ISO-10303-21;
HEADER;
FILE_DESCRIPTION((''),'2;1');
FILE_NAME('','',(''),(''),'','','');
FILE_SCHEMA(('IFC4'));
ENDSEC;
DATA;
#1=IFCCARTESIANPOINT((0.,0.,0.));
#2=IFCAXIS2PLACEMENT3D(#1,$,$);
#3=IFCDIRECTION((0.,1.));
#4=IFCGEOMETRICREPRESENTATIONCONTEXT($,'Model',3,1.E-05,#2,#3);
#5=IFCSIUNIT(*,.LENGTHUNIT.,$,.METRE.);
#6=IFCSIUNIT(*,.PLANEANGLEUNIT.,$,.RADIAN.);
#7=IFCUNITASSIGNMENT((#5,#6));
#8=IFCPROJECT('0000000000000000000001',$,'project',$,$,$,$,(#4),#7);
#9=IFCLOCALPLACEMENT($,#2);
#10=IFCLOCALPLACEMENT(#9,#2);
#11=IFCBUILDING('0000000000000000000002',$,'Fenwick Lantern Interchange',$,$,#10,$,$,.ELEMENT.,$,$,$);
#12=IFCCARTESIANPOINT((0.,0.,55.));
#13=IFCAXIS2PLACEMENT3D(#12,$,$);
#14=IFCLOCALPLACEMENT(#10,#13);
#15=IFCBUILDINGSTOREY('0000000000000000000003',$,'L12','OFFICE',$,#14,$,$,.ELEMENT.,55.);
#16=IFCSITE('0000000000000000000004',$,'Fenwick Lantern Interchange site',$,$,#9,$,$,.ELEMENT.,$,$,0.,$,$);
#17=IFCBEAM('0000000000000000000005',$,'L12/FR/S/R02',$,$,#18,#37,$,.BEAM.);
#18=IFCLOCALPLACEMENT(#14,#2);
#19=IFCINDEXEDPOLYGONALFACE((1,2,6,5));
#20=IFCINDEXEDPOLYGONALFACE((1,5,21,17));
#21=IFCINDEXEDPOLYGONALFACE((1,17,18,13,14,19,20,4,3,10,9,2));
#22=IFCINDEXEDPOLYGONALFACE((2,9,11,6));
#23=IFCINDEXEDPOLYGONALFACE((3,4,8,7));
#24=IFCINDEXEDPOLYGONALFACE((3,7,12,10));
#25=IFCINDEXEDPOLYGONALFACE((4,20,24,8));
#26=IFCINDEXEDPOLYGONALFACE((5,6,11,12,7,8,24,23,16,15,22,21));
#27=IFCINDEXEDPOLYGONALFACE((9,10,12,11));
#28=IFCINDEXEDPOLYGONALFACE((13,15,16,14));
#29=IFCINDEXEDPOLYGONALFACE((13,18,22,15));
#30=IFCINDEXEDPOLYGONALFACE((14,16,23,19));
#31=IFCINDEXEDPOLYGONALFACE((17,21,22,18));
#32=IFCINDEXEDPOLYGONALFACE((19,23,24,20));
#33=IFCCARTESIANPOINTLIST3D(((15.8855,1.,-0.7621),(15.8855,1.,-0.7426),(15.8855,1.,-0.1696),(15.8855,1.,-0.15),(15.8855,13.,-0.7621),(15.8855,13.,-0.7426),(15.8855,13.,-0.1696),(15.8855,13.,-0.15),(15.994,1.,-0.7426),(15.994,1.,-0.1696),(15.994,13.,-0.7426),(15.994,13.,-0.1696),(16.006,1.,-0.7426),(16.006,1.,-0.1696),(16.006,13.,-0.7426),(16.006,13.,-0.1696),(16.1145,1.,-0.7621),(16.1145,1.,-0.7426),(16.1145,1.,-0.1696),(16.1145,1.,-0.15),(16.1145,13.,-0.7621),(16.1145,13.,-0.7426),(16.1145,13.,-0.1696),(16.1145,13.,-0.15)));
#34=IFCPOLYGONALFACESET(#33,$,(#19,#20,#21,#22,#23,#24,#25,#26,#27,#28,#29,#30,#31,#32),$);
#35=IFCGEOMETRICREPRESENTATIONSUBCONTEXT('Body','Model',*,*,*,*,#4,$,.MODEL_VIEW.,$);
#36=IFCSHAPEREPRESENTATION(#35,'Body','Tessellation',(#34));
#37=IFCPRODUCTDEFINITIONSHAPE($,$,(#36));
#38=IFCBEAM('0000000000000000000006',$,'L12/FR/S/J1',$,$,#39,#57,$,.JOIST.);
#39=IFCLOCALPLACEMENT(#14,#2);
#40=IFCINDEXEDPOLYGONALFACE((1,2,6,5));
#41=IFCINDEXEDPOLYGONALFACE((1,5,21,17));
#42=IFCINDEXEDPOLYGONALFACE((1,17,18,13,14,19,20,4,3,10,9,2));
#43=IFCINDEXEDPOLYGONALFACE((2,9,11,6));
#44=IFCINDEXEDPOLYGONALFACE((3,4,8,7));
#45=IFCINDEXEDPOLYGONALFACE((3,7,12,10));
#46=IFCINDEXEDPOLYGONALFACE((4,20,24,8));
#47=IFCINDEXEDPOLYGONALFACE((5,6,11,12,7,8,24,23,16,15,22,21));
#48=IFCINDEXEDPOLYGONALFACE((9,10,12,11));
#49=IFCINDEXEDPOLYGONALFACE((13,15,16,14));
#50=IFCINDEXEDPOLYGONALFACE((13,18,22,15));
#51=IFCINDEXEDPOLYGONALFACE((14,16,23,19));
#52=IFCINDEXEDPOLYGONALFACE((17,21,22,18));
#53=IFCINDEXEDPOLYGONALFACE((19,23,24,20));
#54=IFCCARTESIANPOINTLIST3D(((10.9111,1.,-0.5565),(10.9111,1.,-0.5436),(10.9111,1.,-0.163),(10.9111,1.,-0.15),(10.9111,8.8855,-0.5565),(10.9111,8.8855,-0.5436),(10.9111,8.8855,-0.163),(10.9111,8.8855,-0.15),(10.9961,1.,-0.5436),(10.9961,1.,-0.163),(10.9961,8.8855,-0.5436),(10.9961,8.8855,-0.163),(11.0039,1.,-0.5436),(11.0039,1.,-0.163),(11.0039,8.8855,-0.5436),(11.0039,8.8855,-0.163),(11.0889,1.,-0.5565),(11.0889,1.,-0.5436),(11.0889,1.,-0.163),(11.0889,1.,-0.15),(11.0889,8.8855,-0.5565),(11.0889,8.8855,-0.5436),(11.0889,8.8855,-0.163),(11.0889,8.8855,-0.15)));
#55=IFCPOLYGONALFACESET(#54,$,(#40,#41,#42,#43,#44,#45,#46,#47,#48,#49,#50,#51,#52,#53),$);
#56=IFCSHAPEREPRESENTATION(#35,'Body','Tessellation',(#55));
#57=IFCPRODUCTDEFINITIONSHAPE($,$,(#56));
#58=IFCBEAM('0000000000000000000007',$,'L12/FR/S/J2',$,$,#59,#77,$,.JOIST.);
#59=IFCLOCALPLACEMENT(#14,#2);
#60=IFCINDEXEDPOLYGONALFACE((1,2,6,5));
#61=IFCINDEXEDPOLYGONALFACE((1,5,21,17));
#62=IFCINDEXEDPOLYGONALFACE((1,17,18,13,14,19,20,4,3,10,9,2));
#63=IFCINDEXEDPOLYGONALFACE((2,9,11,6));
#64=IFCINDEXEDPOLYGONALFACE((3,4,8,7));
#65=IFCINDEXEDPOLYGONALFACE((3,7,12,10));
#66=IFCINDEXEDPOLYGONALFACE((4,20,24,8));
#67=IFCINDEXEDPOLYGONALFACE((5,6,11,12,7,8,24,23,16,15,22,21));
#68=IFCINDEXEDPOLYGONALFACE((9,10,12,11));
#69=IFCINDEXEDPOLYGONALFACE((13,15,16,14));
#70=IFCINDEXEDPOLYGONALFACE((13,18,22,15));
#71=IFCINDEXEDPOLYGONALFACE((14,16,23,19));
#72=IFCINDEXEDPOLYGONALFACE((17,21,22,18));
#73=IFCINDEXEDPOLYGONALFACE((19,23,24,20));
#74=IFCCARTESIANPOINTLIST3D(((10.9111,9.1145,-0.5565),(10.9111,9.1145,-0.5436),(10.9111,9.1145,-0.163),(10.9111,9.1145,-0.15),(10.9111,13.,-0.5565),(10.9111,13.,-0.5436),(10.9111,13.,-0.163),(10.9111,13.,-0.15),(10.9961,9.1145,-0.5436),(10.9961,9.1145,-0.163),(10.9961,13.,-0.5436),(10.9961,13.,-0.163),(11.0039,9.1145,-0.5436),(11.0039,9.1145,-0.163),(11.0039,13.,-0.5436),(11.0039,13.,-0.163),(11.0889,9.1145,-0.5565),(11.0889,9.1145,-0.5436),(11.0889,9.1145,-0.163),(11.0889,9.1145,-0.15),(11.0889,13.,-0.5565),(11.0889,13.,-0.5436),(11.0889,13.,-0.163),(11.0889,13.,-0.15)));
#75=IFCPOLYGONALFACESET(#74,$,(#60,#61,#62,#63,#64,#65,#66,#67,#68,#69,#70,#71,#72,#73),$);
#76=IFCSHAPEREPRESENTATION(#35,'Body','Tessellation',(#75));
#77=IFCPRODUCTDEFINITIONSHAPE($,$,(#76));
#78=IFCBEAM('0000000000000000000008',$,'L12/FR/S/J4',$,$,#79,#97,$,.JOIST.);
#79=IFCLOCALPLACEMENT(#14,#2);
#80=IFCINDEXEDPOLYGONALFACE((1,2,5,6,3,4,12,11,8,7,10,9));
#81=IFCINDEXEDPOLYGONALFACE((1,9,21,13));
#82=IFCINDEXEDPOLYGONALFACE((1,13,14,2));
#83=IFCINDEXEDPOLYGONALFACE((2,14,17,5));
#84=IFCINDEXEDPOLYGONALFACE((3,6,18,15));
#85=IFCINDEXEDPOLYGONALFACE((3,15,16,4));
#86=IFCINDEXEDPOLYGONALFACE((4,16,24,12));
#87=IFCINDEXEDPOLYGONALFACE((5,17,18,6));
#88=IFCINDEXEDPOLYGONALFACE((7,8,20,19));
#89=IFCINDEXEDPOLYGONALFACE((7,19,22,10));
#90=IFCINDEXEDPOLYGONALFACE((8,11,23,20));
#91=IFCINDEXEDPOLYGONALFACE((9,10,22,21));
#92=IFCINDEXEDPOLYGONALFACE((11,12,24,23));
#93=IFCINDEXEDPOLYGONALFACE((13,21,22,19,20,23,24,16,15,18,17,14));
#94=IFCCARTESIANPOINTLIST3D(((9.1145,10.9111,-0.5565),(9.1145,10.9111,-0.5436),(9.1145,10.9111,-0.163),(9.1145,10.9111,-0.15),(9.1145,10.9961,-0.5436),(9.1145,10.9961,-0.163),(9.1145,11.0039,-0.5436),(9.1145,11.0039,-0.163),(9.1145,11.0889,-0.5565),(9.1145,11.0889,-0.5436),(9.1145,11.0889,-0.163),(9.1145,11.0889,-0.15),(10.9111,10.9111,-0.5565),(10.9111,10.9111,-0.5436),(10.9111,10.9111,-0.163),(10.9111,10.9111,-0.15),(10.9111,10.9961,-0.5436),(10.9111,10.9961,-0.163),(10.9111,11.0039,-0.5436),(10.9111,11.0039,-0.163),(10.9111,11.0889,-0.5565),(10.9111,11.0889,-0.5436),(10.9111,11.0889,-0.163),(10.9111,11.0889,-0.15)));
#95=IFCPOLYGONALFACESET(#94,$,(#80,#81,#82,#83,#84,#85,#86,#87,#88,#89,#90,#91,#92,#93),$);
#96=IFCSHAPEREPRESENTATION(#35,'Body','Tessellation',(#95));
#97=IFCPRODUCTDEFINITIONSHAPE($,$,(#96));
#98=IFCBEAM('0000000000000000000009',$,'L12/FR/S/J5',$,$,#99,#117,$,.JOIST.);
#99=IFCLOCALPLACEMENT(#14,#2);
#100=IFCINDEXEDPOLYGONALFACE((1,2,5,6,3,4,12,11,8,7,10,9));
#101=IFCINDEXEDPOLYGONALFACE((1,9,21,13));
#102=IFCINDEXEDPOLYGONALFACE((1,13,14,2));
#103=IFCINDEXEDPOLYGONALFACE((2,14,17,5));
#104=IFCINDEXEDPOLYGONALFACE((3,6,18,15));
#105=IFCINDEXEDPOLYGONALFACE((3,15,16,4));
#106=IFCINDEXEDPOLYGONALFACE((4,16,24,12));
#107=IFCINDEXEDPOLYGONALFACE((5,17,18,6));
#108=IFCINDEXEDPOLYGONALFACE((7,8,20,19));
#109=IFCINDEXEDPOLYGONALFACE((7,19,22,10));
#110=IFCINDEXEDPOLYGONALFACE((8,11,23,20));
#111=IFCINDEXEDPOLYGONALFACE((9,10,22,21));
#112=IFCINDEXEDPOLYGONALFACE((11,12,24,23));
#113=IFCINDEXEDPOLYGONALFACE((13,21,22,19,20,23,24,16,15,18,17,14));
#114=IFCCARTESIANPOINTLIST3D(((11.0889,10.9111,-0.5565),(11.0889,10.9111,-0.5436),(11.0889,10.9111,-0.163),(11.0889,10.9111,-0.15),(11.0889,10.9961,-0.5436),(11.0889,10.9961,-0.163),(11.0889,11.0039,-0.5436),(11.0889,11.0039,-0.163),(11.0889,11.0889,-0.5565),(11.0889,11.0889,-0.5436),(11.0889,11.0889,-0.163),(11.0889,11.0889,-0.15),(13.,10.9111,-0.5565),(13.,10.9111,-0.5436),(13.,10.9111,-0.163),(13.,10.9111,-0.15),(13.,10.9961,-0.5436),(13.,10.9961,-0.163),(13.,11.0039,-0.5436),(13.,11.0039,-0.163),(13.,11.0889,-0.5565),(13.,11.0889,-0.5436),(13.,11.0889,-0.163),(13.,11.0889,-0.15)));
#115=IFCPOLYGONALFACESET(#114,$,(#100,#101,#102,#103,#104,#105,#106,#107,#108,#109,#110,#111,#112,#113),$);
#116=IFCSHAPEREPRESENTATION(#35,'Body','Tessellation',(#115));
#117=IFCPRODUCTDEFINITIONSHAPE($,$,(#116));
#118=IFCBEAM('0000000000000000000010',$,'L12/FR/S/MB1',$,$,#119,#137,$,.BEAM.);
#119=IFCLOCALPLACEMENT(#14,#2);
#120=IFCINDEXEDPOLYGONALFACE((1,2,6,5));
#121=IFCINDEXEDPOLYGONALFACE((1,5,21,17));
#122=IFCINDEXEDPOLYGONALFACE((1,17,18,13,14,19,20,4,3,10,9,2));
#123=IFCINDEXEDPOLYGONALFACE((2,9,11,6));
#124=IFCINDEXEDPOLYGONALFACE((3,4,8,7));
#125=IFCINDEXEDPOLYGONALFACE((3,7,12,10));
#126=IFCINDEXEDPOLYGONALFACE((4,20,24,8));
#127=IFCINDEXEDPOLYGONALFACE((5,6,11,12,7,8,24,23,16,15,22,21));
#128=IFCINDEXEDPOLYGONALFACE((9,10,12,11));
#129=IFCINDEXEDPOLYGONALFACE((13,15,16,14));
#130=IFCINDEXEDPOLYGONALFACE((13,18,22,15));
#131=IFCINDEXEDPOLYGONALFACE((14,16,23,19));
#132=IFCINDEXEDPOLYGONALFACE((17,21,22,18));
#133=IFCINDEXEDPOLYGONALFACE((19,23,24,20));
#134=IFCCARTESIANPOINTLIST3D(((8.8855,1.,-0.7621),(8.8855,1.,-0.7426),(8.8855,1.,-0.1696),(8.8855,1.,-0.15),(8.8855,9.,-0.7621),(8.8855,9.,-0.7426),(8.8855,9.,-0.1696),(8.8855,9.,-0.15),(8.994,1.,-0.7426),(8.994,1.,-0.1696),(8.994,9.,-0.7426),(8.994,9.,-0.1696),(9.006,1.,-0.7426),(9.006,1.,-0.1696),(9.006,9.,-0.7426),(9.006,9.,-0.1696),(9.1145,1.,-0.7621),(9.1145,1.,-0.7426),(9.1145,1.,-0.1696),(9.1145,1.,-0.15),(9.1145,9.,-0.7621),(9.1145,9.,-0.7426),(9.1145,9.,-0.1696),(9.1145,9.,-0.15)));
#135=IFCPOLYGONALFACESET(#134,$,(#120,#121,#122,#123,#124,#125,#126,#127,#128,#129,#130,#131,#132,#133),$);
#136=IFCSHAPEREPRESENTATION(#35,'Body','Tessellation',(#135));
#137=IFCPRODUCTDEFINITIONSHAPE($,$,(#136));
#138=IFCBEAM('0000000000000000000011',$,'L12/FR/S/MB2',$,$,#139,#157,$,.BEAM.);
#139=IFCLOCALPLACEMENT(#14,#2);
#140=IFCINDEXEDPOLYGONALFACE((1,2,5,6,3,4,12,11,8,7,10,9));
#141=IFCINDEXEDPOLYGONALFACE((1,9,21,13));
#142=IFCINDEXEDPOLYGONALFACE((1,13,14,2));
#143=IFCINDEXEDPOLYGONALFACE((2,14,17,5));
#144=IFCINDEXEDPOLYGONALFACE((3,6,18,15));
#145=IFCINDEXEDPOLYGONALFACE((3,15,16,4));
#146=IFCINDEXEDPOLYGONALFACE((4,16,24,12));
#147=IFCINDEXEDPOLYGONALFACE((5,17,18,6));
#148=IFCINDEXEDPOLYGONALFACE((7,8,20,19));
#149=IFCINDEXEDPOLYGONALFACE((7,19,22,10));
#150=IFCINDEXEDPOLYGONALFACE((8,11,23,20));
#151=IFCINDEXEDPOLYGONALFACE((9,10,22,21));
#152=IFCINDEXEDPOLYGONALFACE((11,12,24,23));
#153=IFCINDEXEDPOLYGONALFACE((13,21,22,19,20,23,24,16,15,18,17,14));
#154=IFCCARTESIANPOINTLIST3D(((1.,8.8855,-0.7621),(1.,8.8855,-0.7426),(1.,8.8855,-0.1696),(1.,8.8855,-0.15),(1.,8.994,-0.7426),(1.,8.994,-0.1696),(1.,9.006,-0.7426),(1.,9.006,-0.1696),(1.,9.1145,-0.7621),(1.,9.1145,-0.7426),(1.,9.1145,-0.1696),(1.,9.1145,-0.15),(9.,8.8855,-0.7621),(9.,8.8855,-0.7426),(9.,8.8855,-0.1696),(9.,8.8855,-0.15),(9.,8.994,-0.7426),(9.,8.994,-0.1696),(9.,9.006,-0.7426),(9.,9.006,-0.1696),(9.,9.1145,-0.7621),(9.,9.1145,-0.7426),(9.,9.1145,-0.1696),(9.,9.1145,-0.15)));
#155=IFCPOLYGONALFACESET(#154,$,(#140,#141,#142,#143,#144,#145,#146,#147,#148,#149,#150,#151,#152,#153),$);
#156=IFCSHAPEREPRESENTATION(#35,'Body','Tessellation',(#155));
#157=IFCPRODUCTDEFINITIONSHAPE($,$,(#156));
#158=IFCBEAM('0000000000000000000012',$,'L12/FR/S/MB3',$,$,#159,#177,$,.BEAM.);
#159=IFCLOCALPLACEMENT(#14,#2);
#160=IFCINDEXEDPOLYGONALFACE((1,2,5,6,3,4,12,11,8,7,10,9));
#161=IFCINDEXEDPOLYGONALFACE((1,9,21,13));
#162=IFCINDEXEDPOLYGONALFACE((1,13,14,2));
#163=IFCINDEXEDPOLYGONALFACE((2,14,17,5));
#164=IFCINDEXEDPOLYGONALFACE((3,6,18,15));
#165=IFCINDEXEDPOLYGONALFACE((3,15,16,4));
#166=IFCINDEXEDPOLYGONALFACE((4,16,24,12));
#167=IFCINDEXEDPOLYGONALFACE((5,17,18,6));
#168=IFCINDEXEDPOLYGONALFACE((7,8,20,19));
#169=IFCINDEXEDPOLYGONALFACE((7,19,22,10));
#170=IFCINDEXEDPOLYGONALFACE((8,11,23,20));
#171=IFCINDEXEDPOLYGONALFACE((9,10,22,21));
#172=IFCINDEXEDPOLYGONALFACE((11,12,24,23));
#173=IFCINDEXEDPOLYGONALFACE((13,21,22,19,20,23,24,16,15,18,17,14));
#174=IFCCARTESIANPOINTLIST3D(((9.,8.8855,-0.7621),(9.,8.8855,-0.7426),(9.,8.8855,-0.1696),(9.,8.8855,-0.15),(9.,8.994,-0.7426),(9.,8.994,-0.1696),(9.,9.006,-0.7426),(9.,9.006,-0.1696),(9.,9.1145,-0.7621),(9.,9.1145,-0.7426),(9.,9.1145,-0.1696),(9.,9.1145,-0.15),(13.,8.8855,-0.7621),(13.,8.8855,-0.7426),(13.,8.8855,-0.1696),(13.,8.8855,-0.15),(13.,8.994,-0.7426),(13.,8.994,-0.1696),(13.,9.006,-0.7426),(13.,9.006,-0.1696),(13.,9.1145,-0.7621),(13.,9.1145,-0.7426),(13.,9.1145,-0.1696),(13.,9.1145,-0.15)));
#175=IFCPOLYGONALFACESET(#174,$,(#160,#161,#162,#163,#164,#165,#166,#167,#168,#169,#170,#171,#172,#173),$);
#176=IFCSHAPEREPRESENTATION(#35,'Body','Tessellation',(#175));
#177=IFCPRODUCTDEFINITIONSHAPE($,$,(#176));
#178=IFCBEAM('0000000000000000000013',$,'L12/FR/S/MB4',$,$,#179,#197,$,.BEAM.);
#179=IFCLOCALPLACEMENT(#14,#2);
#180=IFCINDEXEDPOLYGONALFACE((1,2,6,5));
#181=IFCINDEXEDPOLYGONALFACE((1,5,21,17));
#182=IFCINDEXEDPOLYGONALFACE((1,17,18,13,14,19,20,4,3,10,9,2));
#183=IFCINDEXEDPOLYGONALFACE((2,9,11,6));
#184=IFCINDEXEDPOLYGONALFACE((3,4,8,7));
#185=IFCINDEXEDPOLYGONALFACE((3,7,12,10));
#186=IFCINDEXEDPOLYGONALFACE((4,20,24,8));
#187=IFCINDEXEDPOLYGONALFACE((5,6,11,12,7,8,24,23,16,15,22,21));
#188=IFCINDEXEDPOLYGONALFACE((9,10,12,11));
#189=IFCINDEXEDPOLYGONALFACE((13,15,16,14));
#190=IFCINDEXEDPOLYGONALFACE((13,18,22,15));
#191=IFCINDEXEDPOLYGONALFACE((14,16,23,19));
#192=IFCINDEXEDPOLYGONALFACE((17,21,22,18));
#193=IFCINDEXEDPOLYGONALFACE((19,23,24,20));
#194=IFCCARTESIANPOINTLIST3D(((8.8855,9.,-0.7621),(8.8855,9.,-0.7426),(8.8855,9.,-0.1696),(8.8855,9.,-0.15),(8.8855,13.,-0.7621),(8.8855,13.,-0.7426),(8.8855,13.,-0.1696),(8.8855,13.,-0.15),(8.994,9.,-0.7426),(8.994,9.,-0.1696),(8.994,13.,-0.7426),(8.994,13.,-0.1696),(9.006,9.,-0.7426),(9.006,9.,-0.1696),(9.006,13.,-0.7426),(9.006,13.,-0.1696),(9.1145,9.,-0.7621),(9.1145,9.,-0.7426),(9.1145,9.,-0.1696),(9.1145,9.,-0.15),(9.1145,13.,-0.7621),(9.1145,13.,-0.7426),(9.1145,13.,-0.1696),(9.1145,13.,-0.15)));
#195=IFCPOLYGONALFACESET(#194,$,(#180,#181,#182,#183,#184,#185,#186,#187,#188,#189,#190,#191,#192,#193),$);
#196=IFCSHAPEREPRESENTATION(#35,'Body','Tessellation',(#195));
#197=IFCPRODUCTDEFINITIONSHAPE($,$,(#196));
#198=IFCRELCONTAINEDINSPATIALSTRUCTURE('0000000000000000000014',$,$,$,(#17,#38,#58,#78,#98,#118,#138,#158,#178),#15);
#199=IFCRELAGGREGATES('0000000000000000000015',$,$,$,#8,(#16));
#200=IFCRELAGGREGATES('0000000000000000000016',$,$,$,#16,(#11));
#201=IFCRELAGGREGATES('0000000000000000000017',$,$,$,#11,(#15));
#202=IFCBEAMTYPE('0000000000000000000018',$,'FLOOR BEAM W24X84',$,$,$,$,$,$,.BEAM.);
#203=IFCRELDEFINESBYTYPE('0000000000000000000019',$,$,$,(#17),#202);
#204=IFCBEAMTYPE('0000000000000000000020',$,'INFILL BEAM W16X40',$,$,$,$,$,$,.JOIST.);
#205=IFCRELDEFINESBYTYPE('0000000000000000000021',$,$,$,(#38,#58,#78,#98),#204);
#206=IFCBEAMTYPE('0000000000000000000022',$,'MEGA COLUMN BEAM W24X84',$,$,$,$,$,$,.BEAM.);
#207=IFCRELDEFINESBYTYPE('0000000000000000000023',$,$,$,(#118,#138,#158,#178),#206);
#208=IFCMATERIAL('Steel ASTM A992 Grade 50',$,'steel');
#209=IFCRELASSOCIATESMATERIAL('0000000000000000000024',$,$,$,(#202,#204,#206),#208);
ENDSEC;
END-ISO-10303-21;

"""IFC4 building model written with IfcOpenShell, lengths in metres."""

from ifc_helpers import new_model, si_unit, direction, frame, origin, origin_2d, place, context, subcontext, project, spatial, i_section, extrude, material, material_profile, profile_set, type_object, element, save


model = new_model("IFC4")

# Units and contexts
model_context = context("Model", 3, precision=1e-05, world=origin(), true_north=direction((0.0, 1.0)))
body_context = subcontext(model_context, "Body", "Model", "MODEL_VIEW")
ifc_project = project(units=[si_unit("LENGTHUNIT", "METRE"), si_unit("PLANEANGLEUNIT", "RADIAN")], contexts=[model_context])

# Site, building, storey
site_placement = place(None, origin())
site = spatial("IfcSite", under=ifc_project, at=site_placement, Name="Fenwick Lantern Interchange site", CompositionType="ELEMENT", RefElevation=0.0)
building_placement = place(site_placement, origin())
building = spatial("IfcBuilding", under=site, at=building_placement, Name="Fenwick Lantern Interchange", CompositionType="ELEMENT")
storey_placement = place(building_placement, frame((0.0, 0.0, 55.0)))
storey = spatial("IfcBuildingStorey", under=building, at=storey_placement, Name="L12", Description="OFFICE", CompositionType="ELEMENT", Elevation=55.0)

# Shared definitions
ifc_material_1 = material(Name="Steel ASTM A992 Grade 50", Category="steel")

# Beams
ifc_material_profile_1 = material_profile(ifc_material_1, i_section(OverallWidth=0.229, OverallDepth=0.6121, WebThickness=0.012, FlangeThickness=0.0195, at=origin_2d()), Name="W24X84")
ifc_profile_set_1 = profile_set([ifc_material_profile_1], Name="Steel ASTM A992 Grade 50")
beam_type_1 = type_object("IfcBeamType", Name="FLOOR BEAM W24X84", PredefinedType="BEAM", material=ifc_profile_set_1)
beam_1_placement = place(storey_placement, frame((16.0, 1.0, -0.4561), z_axis=(0.0, 1.0, 0.0), x_axis=(-1.0, 0.0, 0.0)))
element("IfcBeam", 1, at=beam_1_placement, inside=storey, type_object=beam_type_1, Name="L12/FR/S/R02", PredefinedType="BEAM", context=body_context, shape_type="SweptSolid", body=[
    extrude(i_section(OverallWidth=0.229, OverallDepth=0.6121, WebThickness=0.012, FlangeThickness=0.0195, at=origin_2d()), origin(), (0.0, 0.0, 1.0), 12.0),
])
ifc_material_profile_2 = material_profile(ifc_material_1, i_section(OverallWidth=0.1777, OverallDepth=0.4065, WebThickness=0.0078, FlangeThickness=0.0129, at=origin_2d()), Name="W16X40")
ifc_profile_set_2 = profile_set([ifc_material_profile_2], Name="Steel ASTM A992 Grade 50")
beam_type_2 = type_object("IfcBeamType", Name="INFILL BEAM W16X40", PredefinedType="JOIST", material=ifc_profile_set_2)
beam_2_placement = place(storey_placement, frame((11.0, 1.0, -0.3533), z_axis=(0.0, 1.0, 0.0), x_axis=(-1.0, 0.0, 0.0)))
element("IfcBeam", 2, at=beam_2_placement, inside=storey, type_object=beam_type_2, Name="L12/FR/S/J1", PredefinedType="JOIST", context=body_context, shape_type="SweptSolid", body=[
    extrude(i_section(OverallWidth=0.1777, OverallDepth=0.4065, WebThickness=0.0078, FlangeThickness=0.0129, at=origin_2d()), origin(), (0.0, 0.0, 1.0), 7.8855),
])
beam_3_placement = place(storey_placement, frame((11.0, 9.1145, -0.3533), z_axis=(0.0, 1.0, 0.0), x_axis=(-1.0, 0.0, 0.0)))
element("IfcBeam", 3, at=beam_3_placement, inside=storey, type_object=beam_type_2, Name="L12/FR/S/J2", PredefinedType="JOIST", context=body_context, shape_type="SweptSolid", body=[
    extrude(i_section(OverallWidth=0.1777, OverallDepth=0.4065, WebThickness=0.0078, FlangeThickness=0.0129, at=origin_2d()), origin(), (0.0, 0.0, 1.0), 3.8855),
])
beam_4_placement = place(storey_placement, frame((9.1145, 11.0, -0.3533), z_axis=(1.0, 0.0, 0.0), x_axis=(0.0, 1.0, 0.0)))
element("IfcBeam", 4, at=beam_4_placement, inside=storey, type_object=beam_type_2, Name="L12/FR/S/J4", PredefinedType="JOIST", context=body_context, shape_type="SweptSolid", body=[
    extrude(i_section(OverallWidth=0.1777, OverallDepth=0.4065, WebThickness=0.0078, FlangeThickness=0.0129, at=origin_2d()), origin(), (0.0, 0.0, 1.0), 1.7966),
])
beam_5_placement = place(storey_placement, frame((11.0889, 11.0, -0.3533), z_axis=(1.0, 0.0, 0.0), x_axis=(0.0, 1.0, 0.0)))
element("IfcBeam", 5, at=beam_5_placement, inside=storey, type_object=beam_type_2, Name="L12/FR/S/J5", PredefinedType="JOIST", context=body_context, shape_type="SweptSolid", body=[
    extrude(i_section(OverallWidth=0.1777, OverallDepth=0.4065, WebThickness=0.0078, FlangeThickness=0.0129, at=origin_2d()), origin(), (0.0, 0.0, 1.0), 1.9111),
])
ifc_material_profile_3 = material_profile(ifc_material_1, i_section(OverallWidth=0.229, OverallDepth=0.6121, WebThickness=0.012, FlangeThickness=0.0195, at=origin_2d()), Name="W24X84")
ifc_profile_set_3 = profile_set([ifc_material_profile_3], Name="Steel ASTM A992 Grade 50")
beam_type_3 = type_object("IfcBeamType", Name="MEGA COLUMN BEAM W24X84", PredefinedType="BEAM", material=ifc_profile_set_3)
for number, where, z_axis, x_axis, name in (
    (6, (9.0, 9.0, -0.4561), (0.0, -1.0, 0.0), (1.0, 0.0, 0.0), "L12/FR/S/MB1"),
    (7, (9.0, 9.0, -0.4561), (-1.0, 0.0, 0.0), (0.0, -1.0, 0.0), "L12/FR/S/MB2"),
):
    element("IfcBeam", number, at=place(storey_placement, frame(where, z_axis=z_axis, x_axis=x_axis)), inside=storey, type_object=beam_type_3, Name=name, PredefinedType="BEAM", context=body_context, shape_type="SweptSolid", body=[
        extrude(i_section(OverallWidth=0.229, OverallDepth=0.6121, WebThickness=0.012, FlangeThickness=0.0195, at=origin_2d()), origin(), (0.0, 0.0, 1.0), 8.0),
    ])
for number, where, z_axis, x_axis, name in (
    (8, (9.0, 9.0, -0.4561), (1.0, 0.0, 0.0), (0.0, 1.0, 0.0), "L12/FR/S/MB3"),
    (9, (9.0, 9.0, -0.4561), (0.0, 1.0, 0.0), (-1.0, 0.0, 0.0), "L12/FR/S/MB4"),
):
    element("IfcBeam", number, at=place(storey_placement, frame(where, z_axis=z_axis, x_axis=x_axis)), inside=storey, type_object=beam_type_3, Name=name, PredefinedType="BEAM", context=body_context, shape_type="SweptSolid", body=[
        extrude(i_section(OverallWidth=0.229, OverallDepth=0.6121, WebThickness=0.012, FlangeThickness=0.0195, at=origin_2d()), origin(), (0.0, 0.0, 1.0), 4.0),
    ])

save(model, "model.ifc")
